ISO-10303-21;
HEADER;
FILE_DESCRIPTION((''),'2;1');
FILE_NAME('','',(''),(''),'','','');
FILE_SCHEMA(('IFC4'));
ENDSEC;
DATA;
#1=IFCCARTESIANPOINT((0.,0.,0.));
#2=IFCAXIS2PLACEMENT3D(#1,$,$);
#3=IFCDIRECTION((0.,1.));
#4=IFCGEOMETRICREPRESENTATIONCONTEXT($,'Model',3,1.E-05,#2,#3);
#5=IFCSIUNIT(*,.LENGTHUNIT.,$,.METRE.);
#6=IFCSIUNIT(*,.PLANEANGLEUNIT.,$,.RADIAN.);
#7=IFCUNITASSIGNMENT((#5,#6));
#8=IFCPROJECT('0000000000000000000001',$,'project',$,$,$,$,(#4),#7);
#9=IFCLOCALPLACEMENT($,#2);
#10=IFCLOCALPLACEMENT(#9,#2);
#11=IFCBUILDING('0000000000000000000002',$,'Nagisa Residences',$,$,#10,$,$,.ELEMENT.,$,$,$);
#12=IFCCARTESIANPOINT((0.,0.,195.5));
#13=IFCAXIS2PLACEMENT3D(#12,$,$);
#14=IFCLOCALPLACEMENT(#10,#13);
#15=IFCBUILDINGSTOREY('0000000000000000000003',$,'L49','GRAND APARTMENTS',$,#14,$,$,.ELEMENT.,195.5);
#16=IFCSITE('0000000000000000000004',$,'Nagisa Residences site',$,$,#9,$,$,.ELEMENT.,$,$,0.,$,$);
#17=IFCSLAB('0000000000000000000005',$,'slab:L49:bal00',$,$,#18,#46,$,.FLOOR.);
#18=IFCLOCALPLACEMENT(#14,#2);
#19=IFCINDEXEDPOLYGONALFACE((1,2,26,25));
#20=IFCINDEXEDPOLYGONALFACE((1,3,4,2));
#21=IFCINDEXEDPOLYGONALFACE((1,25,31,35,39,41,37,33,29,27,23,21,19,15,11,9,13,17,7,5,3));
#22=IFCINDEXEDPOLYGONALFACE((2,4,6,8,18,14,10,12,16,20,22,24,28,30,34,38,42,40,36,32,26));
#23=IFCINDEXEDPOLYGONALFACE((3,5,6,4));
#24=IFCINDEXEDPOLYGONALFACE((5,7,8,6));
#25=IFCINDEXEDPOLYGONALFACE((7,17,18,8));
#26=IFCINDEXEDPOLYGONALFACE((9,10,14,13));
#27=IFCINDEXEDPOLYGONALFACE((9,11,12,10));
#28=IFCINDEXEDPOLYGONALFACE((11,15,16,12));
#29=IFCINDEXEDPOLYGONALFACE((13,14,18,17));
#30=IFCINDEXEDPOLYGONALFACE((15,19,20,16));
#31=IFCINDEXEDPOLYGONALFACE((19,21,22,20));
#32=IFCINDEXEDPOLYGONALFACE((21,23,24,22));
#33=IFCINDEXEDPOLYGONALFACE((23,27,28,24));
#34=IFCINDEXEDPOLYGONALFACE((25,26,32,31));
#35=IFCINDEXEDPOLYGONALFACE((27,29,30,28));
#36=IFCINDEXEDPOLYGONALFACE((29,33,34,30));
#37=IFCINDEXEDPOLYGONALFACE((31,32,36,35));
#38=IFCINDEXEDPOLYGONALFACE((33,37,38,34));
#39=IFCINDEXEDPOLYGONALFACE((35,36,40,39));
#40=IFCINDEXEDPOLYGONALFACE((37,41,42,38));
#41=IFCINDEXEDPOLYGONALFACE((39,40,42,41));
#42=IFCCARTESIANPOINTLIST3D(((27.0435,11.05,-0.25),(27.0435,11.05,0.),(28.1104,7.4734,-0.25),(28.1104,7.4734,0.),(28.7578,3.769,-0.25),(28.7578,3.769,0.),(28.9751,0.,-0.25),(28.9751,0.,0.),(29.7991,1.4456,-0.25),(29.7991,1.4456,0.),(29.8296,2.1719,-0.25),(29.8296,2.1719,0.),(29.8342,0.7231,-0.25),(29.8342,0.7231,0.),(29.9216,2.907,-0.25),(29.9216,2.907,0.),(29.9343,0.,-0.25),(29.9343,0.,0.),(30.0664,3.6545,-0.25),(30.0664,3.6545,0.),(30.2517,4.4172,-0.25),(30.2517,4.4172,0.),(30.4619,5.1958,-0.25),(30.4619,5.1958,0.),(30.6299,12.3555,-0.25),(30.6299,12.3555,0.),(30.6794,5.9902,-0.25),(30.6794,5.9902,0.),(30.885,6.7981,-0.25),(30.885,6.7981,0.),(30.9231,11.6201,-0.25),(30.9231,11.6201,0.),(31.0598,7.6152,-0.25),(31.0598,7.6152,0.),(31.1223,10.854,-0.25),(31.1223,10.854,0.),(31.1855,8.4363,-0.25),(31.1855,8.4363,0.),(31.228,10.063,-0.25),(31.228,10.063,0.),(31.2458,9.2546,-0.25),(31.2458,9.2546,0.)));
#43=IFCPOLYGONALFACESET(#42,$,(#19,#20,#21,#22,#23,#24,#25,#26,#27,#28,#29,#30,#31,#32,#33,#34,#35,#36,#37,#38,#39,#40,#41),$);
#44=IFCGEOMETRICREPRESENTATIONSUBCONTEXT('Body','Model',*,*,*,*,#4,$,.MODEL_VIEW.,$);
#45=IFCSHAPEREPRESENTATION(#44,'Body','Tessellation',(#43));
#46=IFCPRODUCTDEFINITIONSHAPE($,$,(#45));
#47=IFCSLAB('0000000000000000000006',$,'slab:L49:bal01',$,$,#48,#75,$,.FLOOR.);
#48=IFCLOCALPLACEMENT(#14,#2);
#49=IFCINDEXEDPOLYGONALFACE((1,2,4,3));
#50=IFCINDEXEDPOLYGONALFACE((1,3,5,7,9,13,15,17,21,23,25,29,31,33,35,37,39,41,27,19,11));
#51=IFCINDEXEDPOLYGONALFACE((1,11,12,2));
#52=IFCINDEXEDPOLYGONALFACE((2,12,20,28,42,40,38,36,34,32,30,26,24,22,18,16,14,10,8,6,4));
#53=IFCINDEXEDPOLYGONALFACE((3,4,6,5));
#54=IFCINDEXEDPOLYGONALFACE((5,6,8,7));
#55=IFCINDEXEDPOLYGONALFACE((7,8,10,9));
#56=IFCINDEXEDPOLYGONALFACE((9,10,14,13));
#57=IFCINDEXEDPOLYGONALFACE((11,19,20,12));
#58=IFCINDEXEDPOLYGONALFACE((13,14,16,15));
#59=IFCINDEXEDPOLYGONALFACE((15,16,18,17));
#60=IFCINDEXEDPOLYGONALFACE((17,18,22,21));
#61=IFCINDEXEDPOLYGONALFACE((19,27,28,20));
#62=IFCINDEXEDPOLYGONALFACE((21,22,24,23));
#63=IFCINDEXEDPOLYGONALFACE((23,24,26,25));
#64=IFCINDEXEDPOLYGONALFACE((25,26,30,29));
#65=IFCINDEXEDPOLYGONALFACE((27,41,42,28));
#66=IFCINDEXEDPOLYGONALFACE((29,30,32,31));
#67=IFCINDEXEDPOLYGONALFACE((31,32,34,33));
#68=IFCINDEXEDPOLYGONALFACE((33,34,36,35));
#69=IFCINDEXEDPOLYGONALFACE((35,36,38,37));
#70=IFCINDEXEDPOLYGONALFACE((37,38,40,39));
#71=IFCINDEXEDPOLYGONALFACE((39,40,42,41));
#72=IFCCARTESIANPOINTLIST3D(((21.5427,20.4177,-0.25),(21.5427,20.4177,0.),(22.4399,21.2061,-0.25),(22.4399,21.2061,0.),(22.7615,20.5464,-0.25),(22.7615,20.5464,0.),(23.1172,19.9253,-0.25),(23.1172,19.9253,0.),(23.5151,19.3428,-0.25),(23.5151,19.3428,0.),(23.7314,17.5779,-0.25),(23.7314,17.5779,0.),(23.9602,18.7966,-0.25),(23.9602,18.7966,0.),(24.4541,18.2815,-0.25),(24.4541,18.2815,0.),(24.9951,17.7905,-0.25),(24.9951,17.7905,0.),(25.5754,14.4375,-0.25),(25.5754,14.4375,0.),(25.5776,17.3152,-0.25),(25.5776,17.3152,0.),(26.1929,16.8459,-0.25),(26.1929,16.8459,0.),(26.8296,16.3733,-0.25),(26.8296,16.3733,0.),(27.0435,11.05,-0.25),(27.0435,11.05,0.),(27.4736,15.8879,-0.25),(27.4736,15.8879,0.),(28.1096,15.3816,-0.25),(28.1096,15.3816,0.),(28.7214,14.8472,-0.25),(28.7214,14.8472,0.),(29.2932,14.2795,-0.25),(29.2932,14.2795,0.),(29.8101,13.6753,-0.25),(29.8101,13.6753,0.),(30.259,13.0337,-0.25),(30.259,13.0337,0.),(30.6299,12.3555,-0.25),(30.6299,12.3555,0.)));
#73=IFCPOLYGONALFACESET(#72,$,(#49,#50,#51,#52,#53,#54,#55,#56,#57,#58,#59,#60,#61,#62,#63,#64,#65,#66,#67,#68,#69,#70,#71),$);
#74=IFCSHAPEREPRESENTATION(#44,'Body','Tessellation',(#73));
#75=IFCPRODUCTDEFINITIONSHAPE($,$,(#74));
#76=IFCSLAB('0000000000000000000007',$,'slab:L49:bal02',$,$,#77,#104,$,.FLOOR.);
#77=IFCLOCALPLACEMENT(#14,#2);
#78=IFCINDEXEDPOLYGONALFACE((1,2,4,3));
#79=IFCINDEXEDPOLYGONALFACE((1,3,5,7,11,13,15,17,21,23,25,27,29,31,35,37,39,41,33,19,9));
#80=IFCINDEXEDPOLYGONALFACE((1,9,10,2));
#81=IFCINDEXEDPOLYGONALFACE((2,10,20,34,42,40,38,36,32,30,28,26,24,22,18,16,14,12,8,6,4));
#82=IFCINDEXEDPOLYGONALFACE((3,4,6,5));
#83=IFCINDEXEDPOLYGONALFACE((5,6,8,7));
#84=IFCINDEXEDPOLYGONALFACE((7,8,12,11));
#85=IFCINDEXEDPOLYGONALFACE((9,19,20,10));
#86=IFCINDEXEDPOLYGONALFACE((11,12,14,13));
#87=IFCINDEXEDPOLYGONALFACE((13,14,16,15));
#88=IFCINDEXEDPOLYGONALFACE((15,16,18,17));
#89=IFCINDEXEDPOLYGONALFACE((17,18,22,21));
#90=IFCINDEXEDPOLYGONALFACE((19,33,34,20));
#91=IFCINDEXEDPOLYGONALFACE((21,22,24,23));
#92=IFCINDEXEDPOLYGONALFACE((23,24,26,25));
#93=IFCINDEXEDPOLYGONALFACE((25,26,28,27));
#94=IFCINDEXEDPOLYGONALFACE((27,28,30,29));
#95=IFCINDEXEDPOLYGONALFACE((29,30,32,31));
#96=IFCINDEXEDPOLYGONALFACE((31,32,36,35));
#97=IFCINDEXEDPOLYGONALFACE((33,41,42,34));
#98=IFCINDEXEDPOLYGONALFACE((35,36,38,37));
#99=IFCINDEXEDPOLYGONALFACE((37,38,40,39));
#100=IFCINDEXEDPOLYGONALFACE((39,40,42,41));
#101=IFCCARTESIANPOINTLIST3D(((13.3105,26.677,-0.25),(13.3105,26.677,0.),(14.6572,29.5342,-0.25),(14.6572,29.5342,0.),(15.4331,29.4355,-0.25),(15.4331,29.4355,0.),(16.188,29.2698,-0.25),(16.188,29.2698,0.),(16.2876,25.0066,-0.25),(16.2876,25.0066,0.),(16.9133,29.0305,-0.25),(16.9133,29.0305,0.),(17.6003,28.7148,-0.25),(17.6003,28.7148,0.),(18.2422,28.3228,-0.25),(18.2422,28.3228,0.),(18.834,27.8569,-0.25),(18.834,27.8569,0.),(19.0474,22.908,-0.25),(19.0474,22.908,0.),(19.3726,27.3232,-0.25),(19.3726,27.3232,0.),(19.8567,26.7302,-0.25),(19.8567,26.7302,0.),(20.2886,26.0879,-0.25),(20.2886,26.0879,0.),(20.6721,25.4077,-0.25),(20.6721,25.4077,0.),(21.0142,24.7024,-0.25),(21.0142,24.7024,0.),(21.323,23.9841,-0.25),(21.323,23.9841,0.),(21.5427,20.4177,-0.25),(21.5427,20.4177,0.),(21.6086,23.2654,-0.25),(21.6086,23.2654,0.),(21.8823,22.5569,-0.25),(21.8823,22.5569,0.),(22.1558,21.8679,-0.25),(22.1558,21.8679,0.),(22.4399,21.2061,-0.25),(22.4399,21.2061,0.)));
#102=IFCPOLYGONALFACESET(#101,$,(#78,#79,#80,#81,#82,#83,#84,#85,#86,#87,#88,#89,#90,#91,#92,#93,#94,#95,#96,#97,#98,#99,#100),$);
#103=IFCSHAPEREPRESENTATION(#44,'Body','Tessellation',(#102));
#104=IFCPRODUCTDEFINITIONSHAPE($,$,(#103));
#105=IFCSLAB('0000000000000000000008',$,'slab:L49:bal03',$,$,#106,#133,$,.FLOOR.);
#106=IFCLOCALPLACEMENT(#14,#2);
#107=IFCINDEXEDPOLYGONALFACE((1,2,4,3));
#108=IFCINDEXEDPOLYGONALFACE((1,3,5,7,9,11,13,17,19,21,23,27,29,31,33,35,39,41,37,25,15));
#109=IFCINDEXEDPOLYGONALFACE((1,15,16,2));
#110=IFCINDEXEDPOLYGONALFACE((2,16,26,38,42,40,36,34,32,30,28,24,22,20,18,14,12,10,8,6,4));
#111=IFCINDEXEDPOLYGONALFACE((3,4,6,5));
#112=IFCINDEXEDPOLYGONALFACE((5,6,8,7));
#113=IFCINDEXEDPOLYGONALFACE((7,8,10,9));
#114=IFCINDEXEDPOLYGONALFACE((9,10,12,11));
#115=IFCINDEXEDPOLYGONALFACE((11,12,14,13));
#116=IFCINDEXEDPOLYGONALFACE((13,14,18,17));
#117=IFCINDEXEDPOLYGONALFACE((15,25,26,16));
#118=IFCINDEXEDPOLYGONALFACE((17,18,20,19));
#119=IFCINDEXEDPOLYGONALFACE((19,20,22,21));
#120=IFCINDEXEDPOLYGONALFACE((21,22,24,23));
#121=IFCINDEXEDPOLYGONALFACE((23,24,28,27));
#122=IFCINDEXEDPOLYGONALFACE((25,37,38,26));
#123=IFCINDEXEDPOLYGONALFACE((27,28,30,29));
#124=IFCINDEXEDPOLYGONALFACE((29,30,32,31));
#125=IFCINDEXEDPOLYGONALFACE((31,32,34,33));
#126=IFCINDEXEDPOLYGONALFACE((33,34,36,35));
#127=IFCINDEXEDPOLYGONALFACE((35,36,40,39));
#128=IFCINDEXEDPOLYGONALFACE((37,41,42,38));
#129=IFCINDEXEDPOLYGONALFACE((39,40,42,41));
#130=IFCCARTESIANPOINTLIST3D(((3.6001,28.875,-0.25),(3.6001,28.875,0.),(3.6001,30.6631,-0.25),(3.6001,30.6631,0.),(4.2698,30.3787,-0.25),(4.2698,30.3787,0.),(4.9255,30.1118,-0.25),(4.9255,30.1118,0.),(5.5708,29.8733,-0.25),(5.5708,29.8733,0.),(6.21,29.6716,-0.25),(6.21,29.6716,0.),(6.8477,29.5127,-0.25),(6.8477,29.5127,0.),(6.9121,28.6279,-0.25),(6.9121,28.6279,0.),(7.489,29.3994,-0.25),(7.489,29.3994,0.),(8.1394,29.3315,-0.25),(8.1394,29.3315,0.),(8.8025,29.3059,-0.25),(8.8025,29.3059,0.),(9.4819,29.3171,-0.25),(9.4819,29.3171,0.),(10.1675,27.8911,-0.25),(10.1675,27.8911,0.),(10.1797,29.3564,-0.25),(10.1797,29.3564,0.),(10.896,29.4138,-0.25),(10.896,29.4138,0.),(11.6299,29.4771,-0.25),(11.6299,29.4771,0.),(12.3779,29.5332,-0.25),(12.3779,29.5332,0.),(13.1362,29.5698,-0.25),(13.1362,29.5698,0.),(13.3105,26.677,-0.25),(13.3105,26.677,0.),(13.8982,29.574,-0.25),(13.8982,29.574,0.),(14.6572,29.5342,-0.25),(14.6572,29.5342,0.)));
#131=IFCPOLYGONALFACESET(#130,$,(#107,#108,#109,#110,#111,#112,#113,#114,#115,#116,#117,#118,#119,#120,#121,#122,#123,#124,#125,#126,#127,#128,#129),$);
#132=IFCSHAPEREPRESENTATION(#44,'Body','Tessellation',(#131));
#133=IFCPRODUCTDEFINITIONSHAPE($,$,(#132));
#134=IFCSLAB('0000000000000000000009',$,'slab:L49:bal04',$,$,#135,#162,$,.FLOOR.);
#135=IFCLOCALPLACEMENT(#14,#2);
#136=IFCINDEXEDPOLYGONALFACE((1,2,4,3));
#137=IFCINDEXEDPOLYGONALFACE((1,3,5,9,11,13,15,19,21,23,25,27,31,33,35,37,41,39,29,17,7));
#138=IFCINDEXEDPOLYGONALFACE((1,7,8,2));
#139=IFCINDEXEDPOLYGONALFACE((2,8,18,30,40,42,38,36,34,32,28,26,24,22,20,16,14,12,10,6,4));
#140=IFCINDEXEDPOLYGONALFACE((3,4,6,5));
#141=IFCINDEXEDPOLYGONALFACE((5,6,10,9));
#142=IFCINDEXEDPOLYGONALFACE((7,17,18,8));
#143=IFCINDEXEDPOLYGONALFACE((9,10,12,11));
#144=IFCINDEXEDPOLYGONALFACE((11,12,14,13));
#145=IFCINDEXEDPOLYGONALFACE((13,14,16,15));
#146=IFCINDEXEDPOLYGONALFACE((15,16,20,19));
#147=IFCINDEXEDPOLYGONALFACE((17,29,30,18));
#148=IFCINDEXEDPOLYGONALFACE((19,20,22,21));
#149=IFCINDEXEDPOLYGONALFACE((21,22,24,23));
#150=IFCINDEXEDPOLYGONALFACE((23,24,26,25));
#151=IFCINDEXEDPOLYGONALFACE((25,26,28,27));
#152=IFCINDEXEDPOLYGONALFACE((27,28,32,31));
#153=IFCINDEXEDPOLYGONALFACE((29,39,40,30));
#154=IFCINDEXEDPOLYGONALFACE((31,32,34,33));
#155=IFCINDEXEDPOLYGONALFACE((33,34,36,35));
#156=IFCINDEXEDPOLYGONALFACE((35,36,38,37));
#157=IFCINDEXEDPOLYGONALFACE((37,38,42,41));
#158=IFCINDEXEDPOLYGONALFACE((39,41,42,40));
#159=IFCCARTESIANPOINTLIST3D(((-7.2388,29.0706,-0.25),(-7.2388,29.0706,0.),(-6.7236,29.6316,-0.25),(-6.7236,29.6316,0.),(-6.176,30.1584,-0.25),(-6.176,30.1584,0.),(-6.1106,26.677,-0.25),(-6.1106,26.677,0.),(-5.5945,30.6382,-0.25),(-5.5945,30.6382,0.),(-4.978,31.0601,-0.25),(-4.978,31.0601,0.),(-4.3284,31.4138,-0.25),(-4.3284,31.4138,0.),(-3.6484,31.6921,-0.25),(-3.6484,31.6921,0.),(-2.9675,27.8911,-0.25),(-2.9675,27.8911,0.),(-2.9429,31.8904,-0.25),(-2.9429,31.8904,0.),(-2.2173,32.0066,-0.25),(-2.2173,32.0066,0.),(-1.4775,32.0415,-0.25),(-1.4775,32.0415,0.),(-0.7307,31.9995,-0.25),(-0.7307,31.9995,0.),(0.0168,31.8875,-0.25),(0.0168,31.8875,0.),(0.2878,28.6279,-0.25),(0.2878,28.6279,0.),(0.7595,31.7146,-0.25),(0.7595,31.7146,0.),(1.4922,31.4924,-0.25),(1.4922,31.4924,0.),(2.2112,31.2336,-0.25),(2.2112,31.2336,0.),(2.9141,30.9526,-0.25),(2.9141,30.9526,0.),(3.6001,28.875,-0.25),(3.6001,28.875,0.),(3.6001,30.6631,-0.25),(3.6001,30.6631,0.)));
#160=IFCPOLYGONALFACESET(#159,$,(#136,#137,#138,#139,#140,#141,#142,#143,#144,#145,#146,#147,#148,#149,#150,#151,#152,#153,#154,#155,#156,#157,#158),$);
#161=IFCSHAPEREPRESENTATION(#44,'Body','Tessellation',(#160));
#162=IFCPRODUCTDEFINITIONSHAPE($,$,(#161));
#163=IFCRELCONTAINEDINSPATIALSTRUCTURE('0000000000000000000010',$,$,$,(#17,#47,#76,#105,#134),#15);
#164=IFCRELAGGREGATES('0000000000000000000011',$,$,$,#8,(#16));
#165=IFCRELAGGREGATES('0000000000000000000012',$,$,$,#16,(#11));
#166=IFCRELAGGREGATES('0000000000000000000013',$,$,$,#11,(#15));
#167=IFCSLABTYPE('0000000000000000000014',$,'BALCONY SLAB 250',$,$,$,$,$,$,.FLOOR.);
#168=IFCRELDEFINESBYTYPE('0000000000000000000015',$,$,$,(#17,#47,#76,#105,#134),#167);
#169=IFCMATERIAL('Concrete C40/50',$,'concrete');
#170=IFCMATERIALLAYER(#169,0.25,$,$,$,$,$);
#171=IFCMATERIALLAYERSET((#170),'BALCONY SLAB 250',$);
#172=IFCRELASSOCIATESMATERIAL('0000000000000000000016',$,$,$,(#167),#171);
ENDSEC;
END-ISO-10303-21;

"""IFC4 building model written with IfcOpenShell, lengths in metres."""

from ifc_helpers import new_model, si_unit, direction, frame, origin, place, context, subcontext, project, spatial, polyline, outline, extrude, material, layer, layer_set, type_object, element, save


model = new_model("IFC4")

# Units and contexts
model_context = context("Model", 3, precision=1e-05, world=origin(), true_north=direction((0.0, 1.0)))
body_context = subcontext(model_context, "Body", "Model", "MODEL_VIEW")
ifc_project = project(units=[si_unit("LENGTHUNIT", "METRE"), si_unit("PLANEANGLEUNIT", "RADIAN")], contexts=[model_context])

# Site, building, storey
site_placement = place(None, origin())
site = spatial("IfcSite", under=ifc_project, at=site_placement, Name="Nagisa Residences site", CompositionType="ELEMENT", RefElevation=0.0)
building_placement = place(site_placement, origin())
building = spatial("IfcBuilding", under=site, at=building_placement, Name="Nagisa Residences", CompositionType="ELEMENT")
storey_placement = place(building_placement, frame((0.0, 0.0, 195.5)))
storey = spatial("IfcBuildingStorey", under=building, at=storey_placement, Name="L49", Description="GRAND APARTMENTS", CompositionType="ELEMENT", Elevation=195.5)

# Slabs
ifc_material_1 = material(Name="Concrete C40/50", Category="concrete")
ifc_layer_1 = layer(ifc_material_1, 0.25)
ifc_layer_set_1 = layer_set([ifc_layer_1], Name="BALCONY SLAB 250")
slab_type_1 = type_object("IfcSlabType", Name="BALCONY SLAB 250", PredefinedType="FLOOR", material=ifc_layer_set_1)
slab_1_placement = place(storey_placement, frame((0.0, 0.0, -0.25)))
element("IfcSlab", 1, at=slab_1_placement, inside=storey, type_object=slab_type_1, Name="slab:L49:bal00", PredefinedType="FLOOR", context=body_context, shape_type="SweptSolid", body=[
    extrude(outline(polyline([(29.9343, 0.0), (29.8342, 0.7231), (29.7991, 1.4456), (29.8296, 2.1719), (29.9216, 2.907), (30.0664, 3.6545), (30.2517, 4.4172), (30.4619, 5.1958), (30.6794, 5.9902), (30.885, 6.7981), (31.0598, 7.6152), (31.1855, 8.4363), (31.2458, 9.2546), (31.228, 10.063), (31.1223, 10.854), (30.9231, 11.6201), (30.6299, 12.3555), (27.0435, 11.05), (28.1104, 7.4734), (28.7578, 3.769), (28.9751, 0.0), (29.9343, 0.0)])), origin(), (0.0, 0.0, 1.0), 0.25),
])
slab_2_placement = place(storey_placement, frame((0.0, 0.0, -0.25)))
element("IfcSlab", 2, at=slab_2_placement, inside=storey, type_object=slab_type_1, Name="slab:L49:bal01", PredefinedType="FLOOR", context=body_context, shape_type="SweptSolid", body=[
    extrude(outline(polyline([(30.6299, 12.3555), (30.259, 13.0337), (29.8101, 13.6753), (29.2932, 14.2795), (28.7214, 14.8472), (28.1096, 15.3816), (27.4736, 15.8879), (26.8296, 16.3733), (26.1929, 16.8459), (25.5776, 17.3152), (24.9951, 17.7905), (24.4541, 18.2815), (23.9602, 18.7966), (23.5151, 19.3428), (23.1172, 19.9253), (22.7615, 20.5464), (22.4399, 21.2061), (21.5427, 20.4177), (23.7314, 17.5779), (25.5754, 14.4375), (27.0435, 11.05), (30.6299, 12.3555)])), origin(), (0.0, 0.0, 1.0), 0.25),
])
slab_3_placement = place(storey_placement, frame((0.0, 0.0, -0.25)))
element("IfcSlab", 3, at=slab_3_placement, inside=storey, type_object=slab_type_1, Name="slab:L49:bal02", PredefinedType="FLOOR", context=body_context, shape_type="SweptSolid", body=[
    extrude(outline(polyline([(22.4399, 21.2061), (22.1558, 21.8679), (21.8823, 22.5569), (21.6086, 23.2654), (21.323, 23.9841), (21.0142, 24.7024), (20.6721, 25.4077), (20.2886, 26.0879), (19.8567, 26.7302), (19.3726, 27.3232), (18.834, 27.8569), (18.2422, 28.3228), (17.6003, 28.7148), (16.9133, 29.0305), (16.188, 29.2698), (15.4331, 29.4355), (14.6572, 29.5342), (13.3105, 26.677), (16.2876, 25.0066), (19.0474, 22.908), (21.5427, 20.4177), (22.4399, 21.2061)])), origin(), (0.0, 0.0, 1.0), 0.25),
])
slab_4_placement = place(storey_placement, frame((0.0, 0.0, -0.25)))
element("IfcSlab", 4, at=slab_4_placement, inside=storey, type_object=slab_type_1, Name="slab:L49:bal03", PredefinedType="FLOOR", context=body_context, shape_type="SweptSolid", body=[
    extrude(outline(polyline([(14.6572, 29.5342), (13.8982, 29.574), (13.1362, 29.5698), (12.3779, 29.5332), (11.6299, 29.4771), (10.896, 29.4138), (10.1797, 29.3564), (9.4819, 29.3171), (8.8025, 29.3059), (8.1394, 29.3315), (7.489, 29.3994), (6.8477, 29.5127), (6.21, 29.6716), (5.5708, 29.8733), (4.9255, 30.1118), (4.2698, 30.3787), (3.6001, 30.6631), (3.6001, 28.875), (6.9121, 28.6279), (10.1675, 27.8911), (13.3105, 26.677), (14.6572, 29.5342)])), origin(), (0.0, 0.0, 1.0), 0.25),
])
slab_5_placement = place(storey_placement, frame((0.0, 0.0, -0.25)))
element("IfcSlab", 5, at=slab_5_placement, inside=storey, type_object=slab_type_1, Name="slab:L49:bal04", PredefinedType="FLOOR", context=body_context, shape_type="SweptSolid", body=[
    extrude(outline(polyline([(3.6001, 30.6631), (2.9141, 30.9526), (2.2112, 31.2336), (1.4922, 31.4924), (0.7595, 31.7146), (0.0168, 31.8875), (-0.7307, 31.9995), (-1.4775, 32.0415), (-2.2173, 32.0066), (-2.9429, 31.8904), (-3.6484, 31.6921), (-4.3284, 31.4138), (-4.978, 31.0601), (-5.5945, 30.6382), (-6.176, 30.1584), (-6.7236, 29.6316), (-7.2388, 29.0706), (-6.1106, 26.677), (-2.9675, 27.8911), (0.2878, 28.6279), (3.6001, 28.875), (3.6001, 30.6631)])), origin(), (0.0, 0.0, 1.0), 0.25),
])

save(model, "model.ifc")
